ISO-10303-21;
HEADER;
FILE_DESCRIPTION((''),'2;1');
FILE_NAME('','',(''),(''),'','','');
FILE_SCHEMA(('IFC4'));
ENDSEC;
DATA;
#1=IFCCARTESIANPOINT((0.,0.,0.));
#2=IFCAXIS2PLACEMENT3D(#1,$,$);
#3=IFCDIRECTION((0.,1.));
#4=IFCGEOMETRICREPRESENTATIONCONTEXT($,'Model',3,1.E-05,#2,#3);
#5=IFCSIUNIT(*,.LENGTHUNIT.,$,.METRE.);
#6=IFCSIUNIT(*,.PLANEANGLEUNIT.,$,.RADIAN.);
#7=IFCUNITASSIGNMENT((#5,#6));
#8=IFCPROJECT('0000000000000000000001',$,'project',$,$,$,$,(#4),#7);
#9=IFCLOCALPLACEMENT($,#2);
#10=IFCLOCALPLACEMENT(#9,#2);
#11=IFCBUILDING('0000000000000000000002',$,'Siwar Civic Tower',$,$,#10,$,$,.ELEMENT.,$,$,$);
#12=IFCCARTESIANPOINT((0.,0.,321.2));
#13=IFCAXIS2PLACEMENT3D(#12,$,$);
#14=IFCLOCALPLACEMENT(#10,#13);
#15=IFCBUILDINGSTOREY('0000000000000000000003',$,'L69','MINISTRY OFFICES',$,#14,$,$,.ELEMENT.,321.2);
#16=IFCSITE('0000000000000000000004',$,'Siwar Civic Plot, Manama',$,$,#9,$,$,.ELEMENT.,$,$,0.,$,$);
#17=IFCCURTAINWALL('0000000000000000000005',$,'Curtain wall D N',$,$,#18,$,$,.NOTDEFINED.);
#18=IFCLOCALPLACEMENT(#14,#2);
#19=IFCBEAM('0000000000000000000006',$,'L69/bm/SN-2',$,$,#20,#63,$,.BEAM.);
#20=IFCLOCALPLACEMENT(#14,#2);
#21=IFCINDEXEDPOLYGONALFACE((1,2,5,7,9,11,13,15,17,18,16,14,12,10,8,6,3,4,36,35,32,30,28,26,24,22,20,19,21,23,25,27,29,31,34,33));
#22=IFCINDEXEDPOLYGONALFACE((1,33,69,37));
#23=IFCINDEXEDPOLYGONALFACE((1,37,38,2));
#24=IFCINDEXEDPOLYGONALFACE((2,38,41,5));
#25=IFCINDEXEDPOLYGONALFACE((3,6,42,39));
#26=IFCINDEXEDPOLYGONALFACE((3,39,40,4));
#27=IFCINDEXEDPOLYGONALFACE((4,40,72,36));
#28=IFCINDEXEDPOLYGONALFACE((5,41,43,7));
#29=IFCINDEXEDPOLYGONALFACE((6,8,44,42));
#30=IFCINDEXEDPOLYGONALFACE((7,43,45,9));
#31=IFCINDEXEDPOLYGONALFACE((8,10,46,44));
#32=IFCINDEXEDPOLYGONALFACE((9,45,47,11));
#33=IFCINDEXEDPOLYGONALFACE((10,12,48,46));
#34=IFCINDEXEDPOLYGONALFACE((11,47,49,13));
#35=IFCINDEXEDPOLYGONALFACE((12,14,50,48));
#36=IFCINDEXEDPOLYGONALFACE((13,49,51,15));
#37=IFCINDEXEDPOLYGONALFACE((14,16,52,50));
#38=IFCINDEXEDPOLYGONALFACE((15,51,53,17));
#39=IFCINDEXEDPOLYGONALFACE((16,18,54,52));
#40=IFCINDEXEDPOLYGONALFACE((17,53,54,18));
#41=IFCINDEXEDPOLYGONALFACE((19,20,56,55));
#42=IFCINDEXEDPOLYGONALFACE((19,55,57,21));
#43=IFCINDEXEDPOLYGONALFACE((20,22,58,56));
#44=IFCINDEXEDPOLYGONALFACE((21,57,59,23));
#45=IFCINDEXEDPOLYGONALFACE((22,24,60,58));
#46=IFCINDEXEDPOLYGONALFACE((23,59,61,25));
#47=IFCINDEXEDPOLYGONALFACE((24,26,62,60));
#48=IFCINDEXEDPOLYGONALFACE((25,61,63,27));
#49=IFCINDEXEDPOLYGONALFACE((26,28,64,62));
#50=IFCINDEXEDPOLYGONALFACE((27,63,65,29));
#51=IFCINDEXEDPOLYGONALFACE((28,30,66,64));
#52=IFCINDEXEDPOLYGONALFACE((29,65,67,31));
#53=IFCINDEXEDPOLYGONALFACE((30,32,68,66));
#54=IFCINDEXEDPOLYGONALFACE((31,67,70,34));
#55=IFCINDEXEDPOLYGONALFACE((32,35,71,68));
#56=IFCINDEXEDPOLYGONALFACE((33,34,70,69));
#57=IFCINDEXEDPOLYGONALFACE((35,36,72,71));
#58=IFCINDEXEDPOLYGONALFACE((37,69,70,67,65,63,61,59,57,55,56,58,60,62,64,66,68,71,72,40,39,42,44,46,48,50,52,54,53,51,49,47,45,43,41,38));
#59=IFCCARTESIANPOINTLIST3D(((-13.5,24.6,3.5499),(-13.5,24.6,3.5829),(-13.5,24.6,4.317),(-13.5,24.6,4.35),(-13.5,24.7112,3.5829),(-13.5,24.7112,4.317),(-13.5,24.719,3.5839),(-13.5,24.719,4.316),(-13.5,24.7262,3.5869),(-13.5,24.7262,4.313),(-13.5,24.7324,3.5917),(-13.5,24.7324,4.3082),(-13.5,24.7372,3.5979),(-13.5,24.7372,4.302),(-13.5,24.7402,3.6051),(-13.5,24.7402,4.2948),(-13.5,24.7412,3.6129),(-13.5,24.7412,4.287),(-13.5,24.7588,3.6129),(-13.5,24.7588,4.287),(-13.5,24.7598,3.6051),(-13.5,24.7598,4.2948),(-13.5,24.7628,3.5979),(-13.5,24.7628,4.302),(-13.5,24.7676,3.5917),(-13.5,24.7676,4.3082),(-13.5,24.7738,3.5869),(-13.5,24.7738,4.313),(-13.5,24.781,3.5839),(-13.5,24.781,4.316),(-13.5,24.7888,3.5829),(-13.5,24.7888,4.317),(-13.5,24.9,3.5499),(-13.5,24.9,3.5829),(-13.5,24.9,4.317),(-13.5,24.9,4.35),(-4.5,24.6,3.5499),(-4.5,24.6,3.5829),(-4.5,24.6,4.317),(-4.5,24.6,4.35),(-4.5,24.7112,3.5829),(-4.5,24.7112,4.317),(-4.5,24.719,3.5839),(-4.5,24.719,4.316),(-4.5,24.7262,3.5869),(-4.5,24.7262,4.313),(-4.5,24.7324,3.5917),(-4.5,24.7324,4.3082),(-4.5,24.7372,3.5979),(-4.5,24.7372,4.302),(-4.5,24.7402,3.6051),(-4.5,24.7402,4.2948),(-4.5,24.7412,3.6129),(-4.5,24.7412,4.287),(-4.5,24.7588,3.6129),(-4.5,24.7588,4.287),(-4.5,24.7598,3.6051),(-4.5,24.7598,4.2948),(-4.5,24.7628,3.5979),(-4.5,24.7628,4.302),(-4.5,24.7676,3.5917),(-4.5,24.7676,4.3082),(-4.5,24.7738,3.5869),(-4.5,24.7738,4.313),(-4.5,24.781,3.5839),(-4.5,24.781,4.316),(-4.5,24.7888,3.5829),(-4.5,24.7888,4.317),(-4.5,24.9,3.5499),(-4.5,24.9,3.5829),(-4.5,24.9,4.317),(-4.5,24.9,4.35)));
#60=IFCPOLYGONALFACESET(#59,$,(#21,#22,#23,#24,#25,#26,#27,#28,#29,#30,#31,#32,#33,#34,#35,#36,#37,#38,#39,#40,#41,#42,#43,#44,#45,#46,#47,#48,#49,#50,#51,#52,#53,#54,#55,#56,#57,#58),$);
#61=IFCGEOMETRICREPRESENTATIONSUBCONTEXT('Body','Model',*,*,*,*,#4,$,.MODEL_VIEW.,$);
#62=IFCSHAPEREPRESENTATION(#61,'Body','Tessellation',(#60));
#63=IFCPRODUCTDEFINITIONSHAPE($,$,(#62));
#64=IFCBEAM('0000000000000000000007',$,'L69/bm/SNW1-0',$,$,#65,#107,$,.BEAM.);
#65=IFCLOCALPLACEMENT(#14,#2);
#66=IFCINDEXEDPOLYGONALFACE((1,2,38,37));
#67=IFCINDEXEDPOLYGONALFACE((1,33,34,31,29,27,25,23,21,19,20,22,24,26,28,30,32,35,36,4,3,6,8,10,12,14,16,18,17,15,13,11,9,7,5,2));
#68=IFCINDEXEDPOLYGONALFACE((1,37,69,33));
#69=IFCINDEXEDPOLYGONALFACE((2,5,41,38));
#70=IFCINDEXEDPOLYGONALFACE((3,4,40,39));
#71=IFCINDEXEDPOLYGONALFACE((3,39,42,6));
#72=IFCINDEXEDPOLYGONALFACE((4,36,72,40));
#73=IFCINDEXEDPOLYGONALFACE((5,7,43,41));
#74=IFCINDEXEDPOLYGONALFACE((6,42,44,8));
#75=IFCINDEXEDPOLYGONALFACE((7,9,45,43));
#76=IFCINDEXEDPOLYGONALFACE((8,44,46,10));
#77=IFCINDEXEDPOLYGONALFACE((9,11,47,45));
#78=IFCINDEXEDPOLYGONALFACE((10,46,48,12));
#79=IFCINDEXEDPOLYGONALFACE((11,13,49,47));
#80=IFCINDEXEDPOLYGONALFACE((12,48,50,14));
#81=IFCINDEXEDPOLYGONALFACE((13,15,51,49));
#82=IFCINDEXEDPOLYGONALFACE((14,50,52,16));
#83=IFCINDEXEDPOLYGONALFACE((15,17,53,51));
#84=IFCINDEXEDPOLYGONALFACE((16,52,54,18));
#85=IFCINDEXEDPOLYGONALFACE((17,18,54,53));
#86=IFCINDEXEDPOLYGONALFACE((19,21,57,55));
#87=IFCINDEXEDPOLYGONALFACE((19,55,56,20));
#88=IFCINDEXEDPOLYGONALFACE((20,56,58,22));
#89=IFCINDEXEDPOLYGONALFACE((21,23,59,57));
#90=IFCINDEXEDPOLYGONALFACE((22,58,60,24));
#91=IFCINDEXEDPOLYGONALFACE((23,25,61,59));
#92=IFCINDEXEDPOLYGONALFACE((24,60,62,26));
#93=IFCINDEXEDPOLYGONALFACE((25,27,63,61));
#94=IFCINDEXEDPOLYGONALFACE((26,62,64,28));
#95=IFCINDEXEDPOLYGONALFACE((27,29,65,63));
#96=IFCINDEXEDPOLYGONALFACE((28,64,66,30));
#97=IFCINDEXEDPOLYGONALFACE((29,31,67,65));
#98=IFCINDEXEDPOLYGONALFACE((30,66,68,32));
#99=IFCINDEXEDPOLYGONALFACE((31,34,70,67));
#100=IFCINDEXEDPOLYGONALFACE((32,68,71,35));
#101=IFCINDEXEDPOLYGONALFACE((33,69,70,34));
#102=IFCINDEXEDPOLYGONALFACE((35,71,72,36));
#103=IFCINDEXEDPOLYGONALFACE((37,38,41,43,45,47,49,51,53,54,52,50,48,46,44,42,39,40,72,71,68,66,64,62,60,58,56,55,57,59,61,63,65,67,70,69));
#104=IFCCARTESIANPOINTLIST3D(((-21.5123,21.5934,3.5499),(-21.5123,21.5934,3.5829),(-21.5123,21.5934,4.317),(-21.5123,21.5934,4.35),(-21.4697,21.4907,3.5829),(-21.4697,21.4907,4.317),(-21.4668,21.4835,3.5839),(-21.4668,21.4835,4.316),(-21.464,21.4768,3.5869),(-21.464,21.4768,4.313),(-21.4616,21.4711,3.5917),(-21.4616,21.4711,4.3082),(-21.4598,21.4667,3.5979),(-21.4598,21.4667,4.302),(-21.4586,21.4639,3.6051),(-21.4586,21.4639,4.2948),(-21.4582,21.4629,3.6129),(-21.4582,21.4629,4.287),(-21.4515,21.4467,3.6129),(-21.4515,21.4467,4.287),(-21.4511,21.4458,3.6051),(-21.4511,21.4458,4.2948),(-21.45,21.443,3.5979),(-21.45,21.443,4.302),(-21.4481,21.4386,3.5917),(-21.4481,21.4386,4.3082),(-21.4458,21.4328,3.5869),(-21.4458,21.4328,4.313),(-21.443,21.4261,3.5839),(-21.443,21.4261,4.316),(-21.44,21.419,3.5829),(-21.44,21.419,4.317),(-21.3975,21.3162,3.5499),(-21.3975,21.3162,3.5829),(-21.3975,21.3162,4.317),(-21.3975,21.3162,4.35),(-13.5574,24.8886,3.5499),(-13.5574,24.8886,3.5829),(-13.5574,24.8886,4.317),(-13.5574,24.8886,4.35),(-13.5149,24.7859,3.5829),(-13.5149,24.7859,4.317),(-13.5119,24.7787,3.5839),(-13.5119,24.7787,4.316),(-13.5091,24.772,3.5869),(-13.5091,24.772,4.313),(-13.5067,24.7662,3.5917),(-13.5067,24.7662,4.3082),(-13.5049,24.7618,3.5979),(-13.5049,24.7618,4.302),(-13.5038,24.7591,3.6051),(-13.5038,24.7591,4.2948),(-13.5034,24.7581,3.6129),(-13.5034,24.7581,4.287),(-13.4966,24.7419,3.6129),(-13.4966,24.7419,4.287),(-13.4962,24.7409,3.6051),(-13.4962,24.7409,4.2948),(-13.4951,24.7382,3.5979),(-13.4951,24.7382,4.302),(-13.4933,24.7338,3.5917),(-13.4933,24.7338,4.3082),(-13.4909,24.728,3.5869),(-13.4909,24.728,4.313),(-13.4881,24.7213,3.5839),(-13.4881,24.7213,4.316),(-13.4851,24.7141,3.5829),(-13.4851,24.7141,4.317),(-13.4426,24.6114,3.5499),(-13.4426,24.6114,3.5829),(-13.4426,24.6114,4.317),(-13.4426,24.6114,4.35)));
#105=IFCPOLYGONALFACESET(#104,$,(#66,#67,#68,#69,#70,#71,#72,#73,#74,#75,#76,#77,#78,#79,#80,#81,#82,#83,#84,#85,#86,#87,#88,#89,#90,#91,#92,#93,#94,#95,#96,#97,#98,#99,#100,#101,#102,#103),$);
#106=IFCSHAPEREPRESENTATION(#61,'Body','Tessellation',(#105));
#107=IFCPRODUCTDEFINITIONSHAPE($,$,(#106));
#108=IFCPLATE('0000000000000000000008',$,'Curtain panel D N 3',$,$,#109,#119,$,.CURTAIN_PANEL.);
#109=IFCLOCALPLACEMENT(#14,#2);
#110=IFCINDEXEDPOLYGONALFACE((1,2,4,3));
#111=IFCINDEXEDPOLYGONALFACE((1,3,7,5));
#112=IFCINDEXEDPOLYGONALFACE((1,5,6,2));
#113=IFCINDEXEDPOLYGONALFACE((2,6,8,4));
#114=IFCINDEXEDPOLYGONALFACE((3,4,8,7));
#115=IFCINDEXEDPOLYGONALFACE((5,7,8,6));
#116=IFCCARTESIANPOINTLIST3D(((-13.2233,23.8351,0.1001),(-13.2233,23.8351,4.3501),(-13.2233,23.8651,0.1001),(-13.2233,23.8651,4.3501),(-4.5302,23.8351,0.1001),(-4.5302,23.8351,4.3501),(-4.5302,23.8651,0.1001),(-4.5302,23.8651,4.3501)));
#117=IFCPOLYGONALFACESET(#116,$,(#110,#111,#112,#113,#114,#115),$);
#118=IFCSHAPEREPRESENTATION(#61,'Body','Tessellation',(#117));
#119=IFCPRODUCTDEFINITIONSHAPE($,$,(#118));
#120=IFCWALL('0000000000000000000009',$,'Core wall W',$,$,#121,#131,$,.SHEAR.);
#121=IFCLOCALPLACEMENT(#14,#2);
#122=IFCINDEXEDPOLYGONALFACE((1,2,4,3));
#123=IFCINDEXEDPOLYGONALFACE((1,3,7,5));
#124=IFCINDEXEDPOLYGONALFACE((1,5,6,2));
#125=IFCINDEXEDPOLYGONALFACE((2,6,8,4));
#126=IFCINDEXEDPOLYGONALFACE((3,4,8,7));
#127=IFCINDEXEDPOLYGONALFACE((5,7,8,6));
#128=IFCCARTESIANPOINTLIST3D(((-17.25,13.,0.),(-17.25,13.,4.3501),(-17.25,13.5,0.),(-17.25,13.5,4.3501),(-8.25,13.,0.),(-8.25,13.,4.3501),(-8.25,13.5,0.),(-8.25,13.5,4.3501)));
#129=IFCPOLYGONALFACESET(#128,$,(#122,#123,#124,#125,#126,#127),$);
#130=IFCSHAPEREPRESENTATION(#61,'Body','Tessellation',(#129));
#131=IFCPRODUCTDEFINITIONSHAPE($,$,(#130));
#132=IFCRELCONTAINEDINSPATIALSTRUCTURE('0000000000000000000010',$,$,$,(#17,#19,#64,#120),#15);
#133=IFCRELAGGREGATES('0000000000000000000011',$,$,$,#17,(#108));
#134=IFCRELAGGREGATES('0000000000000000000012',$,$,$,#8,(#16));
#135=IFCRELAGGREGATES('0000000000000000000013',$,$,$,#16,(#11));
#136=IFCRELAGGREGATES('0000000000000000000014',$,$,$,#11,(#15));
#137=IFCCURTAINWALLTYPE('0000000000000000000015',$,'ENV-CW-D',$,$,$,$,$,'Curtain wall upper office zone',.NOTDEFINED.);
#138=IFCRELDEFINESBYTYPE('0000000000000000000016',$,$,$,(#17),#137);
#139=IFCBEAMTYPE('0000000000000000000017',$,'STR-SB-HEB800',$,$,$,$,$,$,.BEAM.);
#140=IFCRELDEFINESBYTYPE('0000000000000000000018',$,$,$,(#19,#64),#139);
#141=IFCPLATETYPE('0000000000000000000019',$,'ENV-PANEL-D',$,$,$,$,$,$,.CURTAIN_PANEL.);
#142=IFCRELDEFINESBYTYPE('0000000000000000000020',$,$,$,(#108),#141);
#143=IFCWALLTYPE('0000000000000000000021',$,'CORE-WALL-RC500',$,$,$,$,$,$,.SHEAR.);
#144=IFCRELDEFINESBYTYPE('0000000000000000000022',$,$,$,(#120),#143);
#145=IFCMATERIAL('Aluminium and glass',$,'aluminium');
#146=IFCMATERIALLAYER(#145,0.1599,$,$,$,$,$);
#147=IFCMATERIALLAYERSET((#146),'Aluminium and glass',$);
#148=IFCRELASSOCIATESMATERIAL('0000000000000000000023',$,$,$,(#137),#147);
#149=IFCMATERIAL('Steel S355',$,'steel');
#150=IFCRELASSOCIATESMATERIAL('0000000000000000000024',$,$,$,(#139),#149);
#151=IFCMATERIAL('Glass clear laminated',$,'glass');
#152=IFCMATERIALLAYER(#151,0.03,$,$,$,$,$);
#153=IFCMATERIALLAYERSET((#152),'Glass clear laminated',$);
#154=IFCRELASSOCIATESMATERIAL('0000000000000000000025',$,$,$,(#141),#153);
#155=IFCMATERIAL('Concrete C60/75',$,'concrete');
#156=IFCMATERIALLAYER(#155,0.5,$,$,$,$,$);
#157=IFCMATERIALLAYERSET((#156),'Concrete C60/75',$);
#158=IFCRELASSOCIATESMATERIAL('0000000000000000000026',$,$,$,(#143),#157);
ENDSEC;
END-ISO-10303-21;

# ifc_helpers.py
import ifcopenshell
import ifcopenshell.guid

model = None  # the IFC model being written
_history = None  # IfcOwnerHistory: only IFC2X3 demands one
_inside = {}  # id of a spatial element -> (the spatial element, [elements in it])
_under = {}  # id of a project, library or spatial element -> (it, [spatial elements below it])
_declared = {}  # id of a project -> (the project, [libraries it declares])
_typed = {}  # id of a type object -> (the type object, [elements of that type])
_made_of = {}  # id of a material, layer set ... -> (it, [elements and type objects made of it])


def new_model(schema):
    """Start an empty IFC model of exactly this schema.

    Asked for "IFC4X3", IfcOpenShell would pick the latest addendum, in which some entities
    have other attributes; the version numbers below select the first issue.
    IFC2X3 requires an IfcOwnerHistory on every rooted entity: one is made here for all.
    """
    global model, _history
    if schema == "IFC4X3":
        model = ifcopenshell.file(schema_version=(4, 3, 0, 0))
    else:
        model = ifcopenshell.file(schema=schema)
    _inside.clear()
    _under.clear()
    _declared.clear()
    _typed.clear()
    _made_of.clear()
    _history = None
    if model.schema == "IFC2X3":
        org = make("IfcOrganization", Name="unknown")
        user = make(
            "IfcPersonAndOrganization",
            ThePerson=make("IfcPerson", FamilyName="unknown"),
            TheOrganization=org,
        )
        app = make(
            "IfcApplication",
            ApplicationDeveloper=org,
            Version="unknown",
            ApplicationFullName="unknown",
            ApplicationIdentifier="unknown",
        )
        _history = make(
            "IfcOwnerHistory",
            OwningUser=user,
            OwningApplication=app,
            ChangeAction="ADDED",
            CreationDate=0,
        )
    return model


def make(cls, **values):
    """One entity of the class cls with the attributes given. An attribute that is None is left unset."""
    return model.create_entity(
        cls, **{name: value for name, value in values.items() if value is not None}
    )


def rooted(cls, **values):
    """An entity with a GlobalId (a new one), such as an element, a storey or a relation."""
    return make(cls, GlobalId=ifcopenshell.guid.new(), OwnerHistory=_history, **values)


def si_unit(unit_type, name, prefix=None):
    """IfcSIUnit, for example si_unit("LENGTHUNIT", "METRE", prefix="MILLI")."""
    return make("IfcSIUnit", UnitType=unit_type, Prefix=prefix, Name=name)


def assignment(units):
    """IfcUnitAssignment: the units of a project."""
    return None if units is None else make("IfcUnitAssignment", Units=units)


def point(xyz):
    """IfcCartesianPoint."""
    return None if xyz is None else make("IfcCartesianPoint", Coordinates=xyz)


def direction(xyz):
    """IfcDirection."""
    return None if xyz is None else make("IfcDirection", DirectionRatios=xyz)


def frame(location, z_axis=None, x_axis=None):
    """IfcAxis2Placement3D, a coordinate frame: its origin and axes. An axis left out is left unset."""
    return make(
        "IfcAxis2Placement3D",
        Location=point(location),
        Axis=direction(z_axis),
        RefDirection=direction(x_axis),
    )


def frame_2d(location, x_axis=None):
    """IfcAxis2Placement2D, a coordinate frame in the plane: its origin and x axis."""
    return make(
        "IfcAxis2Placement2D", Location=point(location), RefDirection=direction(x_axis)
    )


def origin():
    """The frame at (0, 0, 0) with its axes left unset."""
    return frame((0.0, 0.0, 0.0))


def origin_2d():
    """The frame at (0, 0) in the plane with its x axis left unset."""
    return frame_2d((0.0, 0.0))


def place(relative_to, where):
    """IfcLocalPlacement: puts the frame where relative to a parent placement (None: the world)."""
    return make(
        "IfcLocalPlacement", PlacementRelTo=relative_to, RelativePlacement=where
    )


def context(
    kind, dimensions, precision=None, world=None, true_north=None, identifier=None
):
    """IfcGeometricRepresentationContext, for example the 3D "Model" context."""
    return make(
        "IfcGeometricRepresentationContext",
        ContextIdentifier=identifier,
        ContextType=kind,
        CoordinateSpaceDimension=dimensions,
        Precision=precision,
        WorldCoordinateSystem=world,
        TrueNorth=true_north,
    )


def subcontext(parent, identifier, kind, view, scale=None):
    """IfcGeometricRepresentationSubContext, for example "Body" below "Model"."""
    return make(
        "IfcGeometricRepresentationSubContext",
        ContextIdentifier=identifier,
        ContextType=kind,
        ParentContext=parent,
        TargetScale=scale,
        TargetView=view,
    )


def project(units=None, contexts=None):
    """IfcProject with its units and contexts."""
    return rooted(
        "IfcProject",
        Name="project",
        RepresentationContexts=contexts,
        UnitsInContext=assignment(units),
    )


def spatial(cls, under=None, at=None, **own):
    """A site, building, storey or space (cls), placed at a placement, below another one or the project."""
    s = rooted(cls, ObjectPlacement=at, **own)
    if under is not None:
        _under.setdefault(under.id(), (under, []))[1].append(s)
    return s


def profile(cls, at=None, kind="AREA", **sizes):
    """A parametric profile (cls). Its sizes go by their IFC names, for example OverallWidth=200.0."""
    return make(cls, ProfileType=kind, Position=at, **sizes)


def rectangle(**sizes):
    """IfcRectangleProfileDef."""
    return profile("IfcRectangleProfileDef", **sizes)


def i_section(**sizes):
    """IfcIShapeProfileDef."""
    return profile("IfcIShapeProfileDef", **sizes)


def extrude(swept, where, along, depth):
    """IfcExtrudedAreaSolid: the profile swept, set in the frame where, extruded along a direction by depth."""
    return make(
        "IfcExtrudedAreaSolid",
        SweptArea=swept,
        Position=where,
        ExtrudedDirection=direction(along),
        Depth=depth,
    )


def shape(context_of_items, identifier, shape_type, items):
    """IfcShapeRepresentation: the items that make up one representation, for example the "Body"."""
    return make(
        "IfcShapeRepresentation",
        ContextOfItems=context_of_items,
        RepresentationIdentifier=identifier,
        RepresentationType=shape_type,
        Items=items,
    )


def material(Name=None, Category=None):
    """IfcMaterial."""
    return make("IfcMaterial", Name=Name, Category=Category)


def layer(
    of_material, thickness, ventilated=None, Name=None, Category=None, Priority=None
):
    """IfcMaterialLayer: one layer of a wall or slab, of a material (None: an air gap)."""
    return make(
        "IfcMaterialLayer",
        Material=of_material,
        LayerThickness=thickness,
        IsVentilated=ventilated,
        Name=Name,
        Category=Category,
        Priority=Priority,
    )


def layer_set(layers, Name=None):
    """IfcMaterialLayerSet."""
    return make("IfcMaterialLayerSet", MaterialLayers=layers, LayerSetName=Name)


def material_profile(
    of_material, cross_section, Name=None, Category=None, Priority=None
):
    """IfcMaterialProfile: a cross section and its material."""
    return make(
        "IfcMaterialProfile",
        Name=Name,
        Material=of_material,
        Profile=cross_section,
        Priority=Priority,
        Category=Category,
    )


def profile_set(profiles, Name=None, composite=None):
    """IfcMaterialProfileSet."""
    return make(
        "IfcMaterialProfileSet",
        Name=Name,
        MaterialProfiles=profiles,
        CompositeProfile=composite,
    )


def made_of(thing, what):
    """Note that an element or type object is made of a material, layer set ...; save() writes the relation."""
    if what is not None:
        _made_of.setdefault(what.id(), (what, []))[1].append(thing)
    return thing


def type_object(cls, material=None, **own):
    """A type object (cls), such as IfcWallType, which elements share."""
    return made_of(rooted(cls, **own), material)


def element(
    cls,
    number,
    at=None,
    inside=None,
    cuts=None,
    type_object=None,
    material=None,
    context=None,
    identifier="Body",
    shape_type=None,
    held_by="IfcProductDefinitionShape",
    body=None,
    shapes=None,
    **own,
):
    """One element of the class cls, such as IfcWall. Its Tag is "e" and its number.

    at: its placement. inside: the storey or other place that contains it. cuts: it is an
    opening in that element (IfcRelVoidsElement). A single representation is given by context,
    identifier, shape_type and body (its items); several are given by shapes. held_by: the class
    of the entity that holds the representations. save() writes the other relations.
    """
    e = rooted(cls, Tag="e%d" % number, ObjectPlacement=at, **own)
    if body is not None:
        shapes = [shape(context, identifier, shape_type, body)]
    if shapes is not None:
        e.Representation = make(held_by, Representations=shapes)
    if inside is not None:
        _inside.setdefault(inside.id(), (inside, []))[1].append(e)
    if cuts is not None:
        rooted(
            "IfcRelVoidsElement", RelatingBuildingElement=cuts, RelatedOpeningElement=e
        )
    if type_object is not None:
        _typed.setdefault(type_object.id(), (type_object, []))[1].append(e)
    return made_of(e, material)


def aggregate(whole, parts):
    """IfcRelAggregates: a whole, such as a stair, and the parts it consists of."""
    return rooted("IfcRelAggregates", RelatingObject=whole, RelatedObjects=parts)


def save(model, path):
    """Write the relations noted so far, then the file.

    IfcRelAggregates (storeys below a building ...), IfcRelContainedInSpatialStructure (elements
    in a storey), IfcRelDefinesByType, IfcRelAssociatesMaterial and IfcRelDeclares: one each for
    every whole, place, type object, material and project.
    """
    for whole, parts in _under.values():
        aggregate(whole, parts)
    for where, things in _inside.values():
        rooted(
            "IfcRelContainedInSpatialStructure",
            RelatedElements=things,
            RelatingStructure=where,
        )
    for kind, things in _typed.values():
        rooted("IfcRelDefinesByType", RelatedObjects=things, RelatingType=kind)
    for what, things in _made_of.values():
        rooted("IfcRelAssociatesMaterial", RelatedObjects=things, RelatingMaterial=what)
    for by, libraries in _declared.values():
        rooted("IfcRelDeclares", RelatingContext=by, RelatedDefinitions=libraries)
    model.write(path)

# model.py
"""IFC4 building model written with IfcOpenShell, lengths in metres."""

from ifc_helpers import new_model, si_unit, direction, frame, frame_2d, origin, origin_2d, place, context, subcontext, project, spatial, rectangle, i_section, extrude, material, layer, layer_set, material_profile, profile_set, type_object, element, aggregate, save


model = new_model("IFC4")

# Units and contexts
model_context = context("Model", 3, precision=1e-05, world=origin(), true_north=direction((0.0, 1.0)))
body_context = subcontext(model_context, "Body", "Model", "MODEL_VIEW")
ifc_project = project(units=[si_unit("LENGTHUNIT", "METRE"), si_unit("PLANEANGLEUNIT", "RADIAN")], contexts=[model_context])

# Site, building, storey
site_placement = place(None, origin())
site = spatial("IfcSite", under=ifc_project, at=site_placement, Name="Siwar Civic Plot, Manama", CompositionType="ELEMENT", RefElevation=0.0)
building_placement = place(site_placement, origin())
building = spatial("IfcBuilding", under=site, at=building_placement, Name="Siwar Civic Tower", CompositionType="ELEMENT")
storey_placement = place(building_placement, frame((0.0, 0.0, 321.2)))
storey = spatial("IfcBuildingStorey", under=building, at=storey_placement, Name="L69", Description="MINISTRY OFFICES", CompositionType="ELEMENT", Elevation=321.2)

# Curtain wall
ifc_material_1 = material(Name="Aluminium and glass", Category="aluminium")
ifc_layer_1 = layer(ifc_material_1, 0.1599)
ifc_layer_set_1 = layer_set([ifc_layer_1], Name="Aluminium and glass")
curtain_wall_type_1 = type_object("IfcCurtainWallType", Name="ENV-CW-D", ElementType="Curtain wall upper office zone", PredefinedType="NOTDEFINED", material=ifc_layer_set_1)
curtain_wall_1_placement = place(storey_placement, origin())
curtain_wall_1 = element("IfcCurtainWall", 1, at=curtain_wall_1_placement, inside=storey, type_object=curtain_wall_type_1, Name="Curtain wall D N", PredefinedType="NOTDEFINED")

# Beams
ifc_material_2 = material(Name="Steel S355", Category="steel")
ifc_material_profile_1 = material_profile(ifc_material_2, i_section(OverallWidth=0.3, OverallDepth=0.8, WebThickness=0.0176, FlangeThickness=0.033, FilletRadius=0.03, at=origin_2d()), Name="HEB800")
ifc_profile_set_1 = profile_set([ifc_material_profile_1], Name="Steel S355")
beam_type_1 = type_object("IfcBeamType", Name="STR-SB-HEB800", PredefinedType="BEAM", material=ifc_profile_set_1)
beam_1_placement = place(storey_placement, frame((-4.5, 24.75, 3.95), z_axis=(-1.0, 0.0, 0.0), x_axis=(0.0, -1.0, 0.0)))
element("IfcBeam", 2, at=beam_1_placement, inside=storey, type_object=beam_type_1, Name="L69/bm/SN-2", PredefinedType="BEAM", context=body_context, shape_type="SweptSolid", body=[
    extrude(i_section(OverallWidth=0.3, OverallDepth=0.8, WebThickness=0.0176, FlangeThickness=0.033, FilletRadius=0.03, at=origin_2d()), origin(), (0.0, 0.0, 1.0), 9.0),
])
beam_2_placement = place(storey_placement, frame((-13.5, 24.75, 3.95), z_axis=(-0.923873, -0.3827, 0.0), x_axis=(0.3827, -0.923873, 0.0)))
element("IfcBeam", 3, at=beam_2_placement, inside=storey, type_object=beam_type_1, Name="L69/bm/SNW1-0", PredefinedType="BEAM", context=body_context, shape_type="SweptSolid", body=[
    extrude(i_section(OverallWidth=0.3, OverallDepth=0.8, WebThickness=0.0176, FlangeThickness=0.033, FilletRadius=0.03, at=origin_2d()), origin(), (0.0, 0.0, 1.0), 8.6104),
])

# Plate
ifc_material_3 = material(Name="Glass clear laminated", Category="glass")
ifc_layer_2 = layer(ifc_material_3, 0.03)
ifc_layer_set_2 = layer_set([ifc_layer_2], Name="Glass clear laminated")
plate_type = type_object("IfcPlateType", Name="ENV-PANEL-D", PredefinedType="CURTAIN_PANEL", material=ifc_layer_set_2)
plate_placement = place(storey_placement, frame((-8.8767, 23.8501, 0.1001), z_axis=(0.0, 0.0, 1.0), x_axis=(-1.0, 0.0, 0.0)))
plate = element("IfcPlate", 4, at=plate_placement, type_object=plate_type, Name="Curtain panel D N 3", PredefinedType="CURTAIN_PANEL", context=body_context, shape_type="SweptSolid", body=[
    extrude(rectangle(XDim=8.6931, YDim=0.03, at=origin_2d()), origin(), (0.0, 0.0, 1.0), 4.25),
])
aggregate(curtain_wall_1, [plate])

# Wall
ifc_material_4 = material(Name="Concrete C60/75", Category="concrete")
ifc_layer_3 = layer(ifc_material_4, 0.5)
ifc_layer_set_3 = layer_set([ifc_layer_3], Name="Concrete C60/75")
wall_type_1 = type_object("IfcWallType", Name="CORE-WALL-RC500", PredefinedType="SHEAR", material=ifc_layer_set_3)
wall_1_placement = place(storey_placement, frame((-8.25, 13.25, 0.0), z_axis=(0.0, 0.0, 1.0), x_axis=(-1.0, 0.0, 0.0)))
element("IfcWall", 5, at=wall_1_placement, inside=storey, type_object=wall_type_1, Name="Core wall W", PredefinedType="SHEAR", context=body_context, shape_type="SweptSolid", body=[
    extrude(rectangle(XDim=9.0, YDim=0.5, at=frame_2d((4.5, 0.0))), origin(), (0.0, 0.0, 1.0), 4.3501),
])

save(model, "model.ifc")
